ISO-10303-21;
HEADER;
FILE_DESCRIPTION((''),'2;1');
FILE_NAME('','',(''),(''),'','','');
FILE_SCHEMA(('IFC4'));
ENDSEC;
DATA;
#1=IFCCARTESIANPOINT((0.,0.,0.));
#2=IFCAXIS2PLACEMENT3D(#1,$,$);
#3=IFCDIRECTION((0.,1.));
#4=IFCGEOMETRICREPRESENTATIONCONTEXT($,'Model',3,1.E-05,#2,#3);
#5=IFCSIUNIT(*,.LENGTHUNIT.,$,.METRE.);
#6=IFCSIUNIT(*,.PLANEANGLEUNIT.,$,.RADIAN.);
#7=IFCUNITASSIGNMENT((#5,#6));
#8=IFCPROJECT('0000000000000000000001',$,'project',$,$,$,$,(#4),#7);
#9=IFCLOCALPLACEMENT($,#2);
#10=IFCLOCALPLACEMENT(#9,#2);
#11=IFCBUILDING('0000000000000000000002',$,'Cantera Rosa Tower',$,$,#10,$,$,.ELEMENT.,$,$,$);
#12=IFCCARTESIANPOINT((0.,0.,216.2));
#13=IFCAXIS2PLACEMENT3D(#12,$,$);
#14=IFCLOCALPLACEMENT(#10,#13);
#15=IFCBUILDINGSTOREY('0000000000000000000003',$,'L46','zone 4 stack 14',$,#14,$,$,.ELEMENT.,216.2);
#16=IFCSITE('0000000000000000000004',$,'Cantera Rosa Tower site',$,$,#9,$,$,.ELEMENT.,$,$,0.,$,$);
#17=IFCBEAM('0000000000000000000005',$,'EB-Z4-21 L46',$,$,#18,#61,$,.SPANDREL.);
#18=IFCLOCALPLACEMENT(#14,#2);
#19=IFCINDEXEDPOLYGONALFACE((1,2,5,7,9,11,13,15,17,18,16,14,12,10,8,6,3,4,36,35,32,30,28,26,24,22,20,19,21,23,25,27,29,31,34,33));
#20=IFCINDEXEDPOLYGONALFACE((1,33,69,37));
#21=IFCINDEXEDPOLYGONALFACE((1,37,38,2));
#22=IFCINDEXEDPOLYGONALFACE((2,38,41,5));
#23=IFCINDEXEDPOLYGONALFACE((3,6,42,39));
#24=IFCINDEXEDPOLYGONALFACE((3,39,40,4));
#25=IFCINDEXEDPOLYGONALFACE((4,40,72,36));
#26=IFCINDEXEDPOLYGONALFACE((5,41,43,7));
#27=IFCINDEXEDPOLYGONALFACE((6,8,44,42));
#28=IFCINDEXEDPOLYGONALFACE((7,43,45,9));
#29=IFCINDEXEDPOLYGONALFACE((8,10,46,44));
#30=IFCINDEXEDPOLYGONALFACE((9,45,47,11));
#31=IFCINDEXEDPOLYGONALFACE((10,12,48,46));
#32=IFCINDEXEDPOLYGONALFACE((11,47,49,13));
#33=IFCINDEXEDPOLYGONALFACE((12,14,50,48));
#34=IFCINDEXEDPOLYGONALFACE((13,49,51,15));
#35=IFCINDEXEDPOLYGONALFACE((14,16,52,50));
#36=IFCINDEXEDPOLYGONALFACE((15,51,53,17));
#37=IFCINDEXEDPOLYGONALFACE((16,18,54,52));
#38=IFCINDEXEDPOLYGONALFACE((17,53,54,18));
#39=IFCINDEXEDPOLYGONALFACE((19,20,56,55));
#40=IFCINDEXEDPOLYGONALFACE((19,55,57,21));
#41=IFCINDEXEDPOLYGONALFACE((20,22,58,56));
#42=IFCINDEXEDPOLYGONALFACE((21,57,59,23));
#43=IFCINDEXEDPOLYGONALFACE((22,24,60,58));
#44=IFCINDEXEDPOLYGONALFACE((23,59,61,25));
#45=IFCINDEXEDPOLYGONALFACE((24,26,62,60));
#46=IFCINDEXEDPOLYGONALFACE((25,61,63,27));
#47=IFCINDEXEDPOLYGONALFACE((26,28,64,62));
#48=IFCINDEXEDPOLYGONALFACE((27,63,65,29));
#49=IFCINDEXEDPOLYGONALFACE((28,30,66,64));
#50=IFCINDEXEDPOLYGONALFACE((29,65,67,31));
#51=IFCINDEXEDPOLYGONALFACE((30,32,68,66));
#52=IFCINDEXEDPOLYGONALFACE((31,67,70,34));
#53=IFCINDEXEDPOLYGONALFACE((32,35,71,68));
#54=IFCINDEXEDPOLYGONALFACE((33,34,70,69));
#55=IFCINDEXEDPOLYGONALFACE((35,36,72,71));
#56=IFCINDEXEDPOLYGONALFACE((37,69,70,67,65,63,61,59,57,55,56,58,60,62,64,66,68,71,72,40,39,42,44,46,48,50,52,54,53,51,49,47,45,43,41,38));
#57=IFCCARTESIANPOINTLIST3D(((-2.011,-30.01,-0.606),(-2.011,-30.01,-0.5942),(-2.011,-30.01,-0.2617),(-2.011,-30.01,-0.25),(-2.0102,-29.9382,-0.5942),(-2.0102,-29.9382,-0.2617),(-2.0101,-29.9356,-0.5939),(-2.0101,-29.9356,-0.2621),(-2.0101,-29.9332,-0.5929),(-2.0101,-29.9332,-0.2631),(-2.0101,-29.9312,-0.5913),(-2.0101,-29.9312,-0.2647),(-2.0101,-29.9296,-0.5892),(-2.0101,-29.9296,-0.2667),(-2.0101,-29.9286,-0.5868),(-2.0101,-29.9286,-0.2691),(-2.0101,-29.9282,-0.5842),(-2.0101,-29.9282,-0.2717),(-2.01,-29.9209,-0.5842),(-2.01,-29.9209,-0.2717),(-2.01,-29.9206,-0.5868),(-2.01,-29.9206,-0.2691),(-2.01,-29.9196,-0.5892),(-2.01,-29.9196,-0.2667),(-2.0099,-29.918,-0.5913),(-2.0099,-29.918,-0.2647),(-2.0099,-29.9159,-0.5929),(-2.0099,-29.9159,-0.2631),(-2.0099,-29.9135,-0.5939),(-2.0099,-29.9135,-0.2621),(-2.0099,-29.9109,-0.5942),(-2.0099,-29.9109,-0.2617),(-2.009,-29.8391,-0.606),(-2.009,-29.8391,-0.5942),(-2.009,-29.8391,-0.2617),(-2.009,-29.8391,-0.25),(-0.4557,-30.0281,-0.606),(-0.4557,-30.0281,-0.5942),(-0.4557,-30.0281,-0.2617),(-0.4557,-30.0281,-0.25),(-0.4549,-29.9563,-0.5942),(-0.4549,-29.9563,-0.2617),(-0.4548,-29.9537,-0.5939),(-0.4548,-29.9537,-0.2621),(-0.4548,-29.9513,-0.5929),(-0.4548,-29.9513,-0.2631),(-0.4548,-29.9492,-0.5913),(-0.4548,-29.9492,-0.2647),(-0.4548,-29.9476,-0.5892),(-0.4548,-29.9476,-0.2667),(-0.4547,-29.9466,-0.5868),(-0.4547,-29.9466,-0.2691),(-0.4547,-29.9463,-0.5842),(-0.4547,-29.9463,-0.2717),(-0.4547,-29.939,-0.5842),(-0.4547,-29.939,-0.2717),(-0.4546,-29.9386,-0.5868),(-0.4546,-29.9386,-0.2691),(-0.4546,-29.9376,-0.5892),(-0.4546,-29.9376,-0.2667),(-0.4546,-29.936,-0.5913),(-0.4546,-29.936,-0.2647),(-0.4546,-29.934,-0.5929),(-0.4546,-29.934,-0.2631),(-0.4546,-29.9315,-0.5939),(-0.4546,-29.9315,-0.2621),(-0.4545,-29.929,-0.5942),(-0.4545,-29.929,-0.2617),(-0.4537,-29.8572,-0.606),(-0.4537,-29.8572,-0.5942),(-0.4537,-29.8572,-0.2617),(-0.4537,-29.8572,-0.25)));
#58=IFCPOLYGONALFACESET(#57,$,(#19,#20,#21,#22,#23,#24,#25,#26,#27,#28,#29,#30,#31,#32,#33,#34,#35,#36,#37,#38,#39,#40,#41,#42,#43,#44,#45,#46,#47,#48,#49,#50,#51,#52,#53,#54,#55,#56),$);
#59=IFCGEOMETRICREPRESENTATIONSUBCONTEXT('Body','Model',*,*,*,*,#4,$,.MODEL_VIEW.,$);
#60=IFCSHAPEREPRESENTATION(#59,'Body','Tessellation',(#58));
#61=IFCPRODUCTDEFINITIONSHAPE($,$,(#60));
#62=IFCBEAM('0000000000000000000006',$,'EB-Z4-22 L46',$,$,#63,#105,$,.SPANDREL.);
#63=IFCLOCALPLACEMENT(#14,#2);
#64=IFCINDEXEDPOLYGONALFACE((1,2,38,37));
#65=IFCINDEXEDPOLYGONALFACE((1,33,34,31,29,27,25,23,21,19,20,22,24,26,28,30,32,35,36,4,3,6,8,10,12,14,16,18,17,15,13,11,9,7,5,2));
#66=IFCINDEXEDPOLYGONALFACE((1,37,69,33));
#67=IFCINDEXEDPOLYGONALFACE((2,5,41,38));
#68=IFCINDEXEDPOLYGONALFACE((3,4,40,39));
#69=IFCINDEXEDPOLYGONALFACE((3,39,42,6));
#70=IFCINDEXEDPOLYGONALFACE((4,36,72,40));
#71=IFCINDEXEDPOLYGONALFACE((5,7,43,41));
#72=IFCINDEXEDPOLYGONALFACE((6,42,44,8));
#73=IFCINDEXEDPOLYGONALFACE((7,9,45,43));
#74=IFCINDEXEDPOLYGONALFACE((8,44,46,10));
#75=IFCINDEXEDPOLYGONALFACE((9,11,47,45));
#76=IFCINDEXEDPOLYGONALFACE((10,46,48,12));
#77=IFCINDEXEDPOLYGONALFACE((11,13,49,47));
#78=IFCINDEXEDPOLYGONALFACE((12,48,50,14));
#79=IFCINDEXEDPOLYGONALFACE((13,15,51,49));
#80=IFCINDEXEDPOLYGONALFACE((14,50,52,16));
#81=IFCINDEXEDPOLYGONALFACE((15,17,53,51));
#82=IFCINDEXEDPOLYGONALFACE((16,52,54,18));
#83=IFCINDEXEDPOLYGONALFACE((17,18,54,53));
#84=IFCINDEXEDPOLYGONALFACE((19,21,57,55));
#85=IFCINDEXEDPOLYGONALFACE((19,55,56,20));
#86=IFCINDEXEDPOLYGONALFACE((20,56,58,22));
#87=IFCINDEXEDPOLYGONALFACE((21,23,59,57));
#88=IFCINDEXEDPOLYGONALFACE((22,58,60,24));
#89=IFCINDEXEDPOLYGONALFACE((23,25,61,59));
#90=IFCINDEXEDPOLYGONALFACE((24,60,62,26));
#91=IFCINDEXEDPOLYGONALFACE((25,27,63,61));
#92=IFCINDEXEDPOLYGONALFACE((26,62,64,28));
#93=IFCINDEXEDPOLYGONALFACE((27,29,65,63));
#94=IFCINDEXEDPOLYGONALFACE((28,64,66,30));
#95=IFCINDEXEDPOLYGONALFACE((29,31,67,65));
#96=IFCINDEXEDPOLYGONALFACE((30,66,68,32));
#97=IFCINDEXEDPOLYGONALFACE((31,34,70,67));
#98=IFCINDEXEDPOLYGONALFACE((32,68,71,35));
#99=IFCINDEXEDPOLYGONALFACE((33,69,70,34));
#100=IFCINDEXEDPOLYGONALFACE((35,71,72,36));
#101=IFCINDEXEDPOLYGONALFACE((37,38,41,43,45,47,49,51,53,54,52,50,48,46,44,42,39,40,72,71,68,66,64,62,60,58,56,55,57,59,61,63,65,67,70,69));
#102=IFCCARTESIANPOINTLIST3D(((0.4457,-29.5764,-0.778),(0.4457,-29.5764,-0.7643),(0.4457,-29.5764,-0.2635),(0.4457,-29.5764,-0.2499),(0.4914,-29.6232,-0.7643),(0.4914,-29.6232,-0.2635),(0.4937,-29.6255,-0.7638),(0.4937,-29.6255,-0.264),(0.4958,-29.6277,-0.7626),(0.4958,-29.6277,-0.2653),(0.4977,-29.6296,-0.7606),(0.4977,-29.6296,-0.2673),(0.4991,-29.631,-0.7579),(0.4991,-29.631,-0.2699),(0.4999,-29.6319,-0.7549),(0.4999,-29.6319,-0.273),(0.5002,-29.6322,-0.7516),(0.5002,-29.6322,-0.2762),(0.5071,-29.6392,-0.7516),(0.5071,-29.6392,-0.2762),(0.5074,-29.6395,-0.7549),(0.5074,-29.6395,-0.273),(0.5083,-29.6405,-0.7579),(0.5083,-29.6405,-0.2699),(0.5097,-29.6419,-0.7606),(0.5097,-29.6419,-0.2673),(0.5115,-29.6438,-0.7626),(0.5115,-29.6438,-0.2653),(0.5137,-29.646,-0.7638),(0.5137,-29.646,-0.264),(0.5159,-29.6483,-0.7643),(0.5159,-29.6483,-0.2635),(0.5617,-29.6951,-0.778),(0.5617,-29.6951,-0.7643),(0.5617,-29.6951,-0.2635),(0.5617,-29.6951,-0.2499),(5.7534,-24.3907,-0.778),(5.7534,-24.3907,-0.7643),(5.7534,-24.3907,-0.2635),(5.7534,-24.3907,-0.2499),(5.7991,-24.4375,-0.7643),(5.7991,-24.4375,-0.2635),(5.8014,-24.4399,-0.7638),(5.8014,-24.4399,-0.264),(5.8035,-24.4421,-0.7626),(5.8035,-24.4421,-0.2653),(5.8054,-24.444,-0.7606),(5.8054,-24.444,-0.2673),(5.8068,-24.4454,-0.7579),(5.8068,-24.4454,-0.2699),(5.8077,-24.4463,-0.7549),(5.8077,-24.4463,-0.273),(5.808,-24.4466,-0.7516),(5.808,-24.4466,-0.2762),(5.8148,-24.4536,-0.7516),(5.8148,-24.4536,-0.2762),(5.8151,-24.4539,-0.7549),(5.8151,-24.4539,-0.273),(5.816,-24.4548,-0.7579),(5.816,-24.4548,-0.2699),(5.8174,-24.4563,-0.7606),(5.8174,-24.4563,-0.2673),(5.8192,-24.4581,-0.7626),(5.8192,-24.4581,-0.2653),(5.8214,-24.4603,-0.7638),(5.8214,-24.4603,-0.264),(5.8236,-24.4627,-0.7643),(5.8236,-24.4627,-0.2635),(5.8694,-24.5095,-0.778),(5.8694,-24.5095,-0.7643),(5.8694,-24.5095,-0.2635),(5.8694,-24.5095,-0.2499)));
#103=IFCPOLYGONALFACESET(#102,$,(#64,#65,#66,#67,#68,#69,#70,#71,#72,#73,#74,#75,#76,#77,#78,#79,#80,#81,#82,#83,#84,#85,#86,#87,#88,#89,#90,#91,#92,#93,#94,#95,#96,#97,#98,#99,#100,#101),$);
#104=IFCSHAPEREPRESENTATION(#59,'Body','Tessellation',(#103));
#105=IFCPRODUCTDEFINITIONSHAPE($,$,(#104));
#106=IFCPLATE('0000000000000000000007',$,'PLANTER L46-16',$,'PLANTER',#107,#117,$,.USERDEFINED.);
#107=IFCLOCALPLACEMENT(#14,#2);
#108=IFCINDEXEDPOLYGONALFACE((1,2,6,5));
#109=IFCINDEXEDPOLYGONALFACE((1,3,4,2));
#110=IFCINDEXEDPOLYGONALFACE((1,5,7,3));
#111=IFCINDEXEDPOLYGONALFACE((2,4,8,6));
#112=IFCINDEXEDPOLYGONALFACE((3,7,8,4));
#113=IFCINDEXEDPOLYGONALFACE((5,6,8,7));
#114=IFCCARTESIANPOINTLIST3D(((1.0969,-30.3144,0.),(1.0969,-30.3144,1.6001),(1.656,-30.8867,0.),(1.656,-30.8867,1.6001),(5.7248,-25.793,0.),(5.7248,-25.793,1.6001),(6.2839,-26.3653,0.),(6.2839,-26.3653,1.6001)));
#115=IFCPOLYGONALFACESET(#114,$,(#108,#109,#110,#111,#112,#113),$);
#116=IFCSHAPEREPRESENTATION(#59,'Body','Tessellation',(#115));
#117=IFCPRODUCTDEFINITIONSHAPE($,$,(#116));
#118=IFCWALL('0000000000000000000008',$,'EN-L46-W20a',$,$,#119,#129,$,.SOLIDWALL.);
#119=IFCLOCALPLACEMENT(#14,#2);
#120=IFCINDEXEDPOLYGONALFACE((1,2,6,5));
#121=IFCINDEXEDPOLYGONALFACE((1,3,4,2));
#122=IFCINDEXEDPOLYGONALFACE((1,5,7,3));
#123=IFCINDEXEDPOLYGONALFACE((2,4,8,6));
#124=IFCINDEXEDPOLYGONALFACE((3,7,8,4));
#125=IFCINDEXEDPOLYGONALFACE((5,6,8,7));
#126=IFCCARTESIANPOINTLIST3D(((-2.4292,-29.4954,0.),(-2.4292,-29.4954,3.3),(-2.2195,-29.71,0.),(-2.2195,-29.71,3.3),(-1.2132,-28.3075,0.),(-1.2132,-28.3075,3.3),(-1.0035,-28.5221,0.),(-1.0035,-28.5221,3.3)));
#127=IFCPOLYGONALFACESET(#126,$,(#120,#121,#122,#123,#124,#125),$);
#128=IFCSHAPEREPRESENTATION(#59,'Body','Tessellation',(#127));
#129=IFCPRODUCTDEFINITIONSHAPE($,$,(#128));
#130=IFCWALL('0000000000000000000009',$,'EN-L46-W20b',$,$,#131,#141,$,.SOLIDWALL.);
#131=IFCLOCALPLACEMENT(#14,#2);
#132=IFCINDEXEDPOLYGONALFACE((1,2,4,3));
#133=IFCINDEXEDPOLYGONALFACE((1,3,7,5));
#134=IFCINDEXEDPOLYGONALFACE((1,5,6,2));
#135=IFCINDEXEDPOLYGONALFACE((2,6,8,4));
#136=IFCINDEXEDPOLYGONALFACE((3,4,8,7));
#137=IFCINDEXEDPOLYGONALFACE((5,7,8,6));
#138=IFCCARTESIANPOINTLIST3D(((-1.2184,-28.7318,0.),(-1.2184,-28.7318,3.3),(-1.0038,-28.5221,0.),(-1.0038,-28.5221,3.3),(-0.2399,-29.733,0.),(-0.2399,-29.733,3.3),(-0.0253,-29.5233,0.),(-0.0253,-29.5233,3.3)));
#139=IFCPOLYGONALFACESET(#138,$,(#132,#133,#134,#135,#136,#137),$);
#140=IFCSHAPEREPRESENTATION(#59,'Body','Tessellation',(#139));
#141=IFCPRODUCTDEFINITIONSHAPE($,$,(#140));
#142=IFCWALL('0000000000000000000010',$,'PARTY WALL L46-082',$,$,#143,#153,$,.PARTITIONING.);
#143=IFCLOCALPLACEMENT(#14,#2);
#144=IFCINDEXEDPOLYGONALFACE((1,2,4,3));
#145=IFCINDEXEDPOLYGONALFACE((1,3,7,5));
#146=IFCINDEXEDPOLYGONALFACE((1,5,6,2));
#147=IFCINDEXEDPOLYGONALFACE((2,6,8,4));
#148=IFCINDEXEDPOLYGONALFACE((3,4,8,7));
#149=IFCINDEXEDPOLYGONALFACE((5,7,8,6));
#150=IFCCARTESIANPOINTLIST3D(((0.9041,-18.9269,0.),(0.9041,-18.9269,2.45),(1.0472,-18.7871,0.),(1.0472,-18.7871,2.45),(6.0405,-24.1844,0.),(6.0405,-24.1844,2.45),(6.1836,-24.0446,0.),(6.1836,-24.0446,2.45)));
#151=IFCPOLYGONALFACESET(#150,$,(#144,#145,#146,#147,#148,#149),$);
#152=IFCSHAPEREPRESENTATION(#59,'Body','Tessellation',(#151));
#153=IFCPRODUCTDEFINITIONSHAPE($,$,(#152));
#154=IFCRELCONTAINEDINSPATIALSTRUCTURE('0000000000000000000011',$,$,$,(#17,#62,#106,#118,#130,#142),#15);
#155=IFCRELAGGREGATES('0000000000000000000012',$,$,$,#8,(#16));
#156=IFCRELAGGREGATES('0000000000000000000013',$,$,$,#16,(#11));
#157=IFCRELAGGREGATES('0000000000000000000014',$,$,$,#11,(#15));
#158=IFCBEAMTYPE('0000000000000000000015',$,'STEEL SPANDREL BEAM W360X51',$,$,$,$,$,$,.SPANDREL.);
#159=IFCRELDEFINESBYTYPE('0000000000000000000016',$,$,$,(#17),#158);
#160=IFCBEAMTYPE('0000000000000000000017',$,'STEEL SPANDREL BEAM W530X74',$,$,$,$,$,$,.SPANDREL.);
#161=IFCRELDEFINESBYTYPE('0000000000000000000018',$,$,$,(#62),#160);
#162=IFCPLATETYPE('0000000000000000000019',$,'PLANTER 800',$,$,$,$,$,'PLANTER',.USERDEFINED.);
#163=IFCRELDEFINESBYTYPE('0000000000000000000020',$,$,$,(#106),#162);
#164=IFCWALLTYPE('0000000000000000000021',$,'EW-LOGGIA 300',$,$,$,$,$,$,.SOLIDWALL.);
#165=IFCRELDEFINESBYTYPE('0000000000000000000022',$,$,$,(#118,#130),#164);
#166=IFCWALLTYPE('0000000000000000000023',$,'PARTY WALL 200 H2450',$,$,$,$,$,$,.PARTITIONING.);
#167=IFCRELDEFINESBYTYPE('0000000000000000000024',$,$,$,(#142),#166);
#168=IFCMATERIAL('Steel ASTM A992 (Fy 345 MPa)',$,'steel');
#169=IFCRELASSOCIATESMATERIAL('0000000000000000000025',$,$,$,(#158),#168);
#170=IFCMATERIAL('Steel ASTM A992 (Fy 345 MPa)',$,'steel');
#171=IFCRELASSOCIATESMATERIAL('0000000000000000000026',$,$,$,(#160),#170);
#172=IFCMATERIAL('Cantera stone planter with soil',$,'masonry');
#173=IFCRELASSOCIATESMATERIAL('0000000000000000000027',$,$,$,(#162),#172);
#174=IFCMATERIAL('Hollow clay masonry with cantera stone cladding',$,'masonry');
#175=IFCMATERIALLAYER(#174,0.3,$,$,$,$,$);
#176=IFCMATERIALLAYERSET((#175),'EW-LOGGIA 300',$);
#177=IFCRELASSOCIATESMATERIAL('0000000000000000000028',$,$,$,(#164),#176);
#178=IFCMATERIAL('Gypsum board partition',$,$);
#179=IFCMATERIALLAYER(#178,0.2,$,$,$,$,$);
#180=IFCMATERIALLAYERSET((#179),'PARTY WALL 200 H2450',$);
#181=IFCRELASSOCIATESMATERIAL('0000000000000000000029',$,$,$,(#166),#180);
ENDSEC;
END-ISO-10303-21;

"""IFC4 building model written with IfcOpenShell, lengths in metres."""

from ifc_helpers import new_model, si_unit, direction, frame, frame_2d, origin, origin_2d, place, context, subcontext, project, spatial, rectangle, i_section, extrude, material, layer, layer_set, material_profile, profile_set, type_object, element, save


model = new_model("IFC4")

# Units and contexts
model_context = context("Model", 3, precision=1e-05, world=origin(), true_north=direction((0.0, 1.0)))
body_context = subcontext(model_context, "Body", "Model", "MODEL_VIEW")
ifc_project = project(units=[si_unit("LENGTHUNIT", "METRE"), si_unit("PLANEANGLEUNIT", "RADIAN")], contexts=[model_context])

# Site, building, storey
site_placement = place(None, origin())
site = spatial("IfcSite", under=ifc_project, at=site_placement, Name="Cantera Rosa Tower site", CompositionType="ELEMENT", RefElevation=0.0)
building_placement = place(site_placement, origin())
building = spatial("IfcBuilding", under=site, at=building_placement, Name="Cantera Rosa Tower", CompositionType="ELEMENT")
storey_placement = place(building_placement, frame((0.0, 0.0, 216.2)))
storey = spatial("IfcBuildingStorey", under=building, at=storey_placement, Name="L46", Description="zone 4 stack 14", CompositionType="ELEMENT", Elevation=216.2)

# Beams
ifc_material_1 = material(Name="Steel ASTM A992 (Fy 345 MPa)", Category="steel")
ifc_material_profile_1 = material_profile(ifc_material_1, i_section(OverallWidth=0.1709, OverallDepth=0.356, WebThickness=0.0073, FlangeThickness=0.0117, FilletRadius=0.01, at=origin_2d()), Name="W360X51")
ifc_profile_set_1 = profile_set([ifc_material_profile_1], Name="Steel ASTM A992 (Fy 345 MPa)")
beam_type_1 = type_object("IfcBeamType", Name="STEEL SPANDREL BEAM W360X51", PredefinedType="SPANDREL", material=ifc_profile_set_1)
beam_1_placement = place(storey_placement, frame((-2.01, -29.9246, -0.428), z_axis=(0.999933, -0.011614, 0.0), x_axis=(0.011614, 0.999933, 0.0)))
element("IfcBeam", 1, at=beam_1_placement, inside=storey, type_object=beam_type_1, Name="EB-Z4-21 L46", PredefinedType="SPANDREL", context=body_context, shape_type="SweptSolid", body=[
    extrude(i_section(OverallWidth=0.1709, OverallDepth=0.356, WebThickness=0.0073, FlangeThickness=0.0117, FilletRadius=0.01, at=origin_2d()), origin(), (0.0, 0.0, 1.0), 1.5554),
])
ifc_material_2 = material(Name="Steel ASTM A992 (Fy 345 MPa)", Category="steel")
ifc_material_profile_2 = material_profile(ifc_material_2, i_section(OverallWidth=0.166, OverallDepth=0.5281, WebThickness=0.0098, FlangeThickness=0.0137, FilletRadius=0.0127, at=origin_2d()), Name="W530X74")
ifc_profile_set_2 = profile_set([ifc_material_profile_2], Name="Steel ASTM A992 (Fy 345 MPa)")
beam_type_2 = type_object("IfcBeamType", Name="STEEL SPANDREL BEAM W530X74", PredefinedType="SPANDREL", material=ifc_profile_set_2)
beam_2_placement = place(storey_placement, frame((0.5037, -29.6357, -0.5139), z_axis=(0.715284, 0.698833, 0.0), x_axis=(-0.698833, 0.715284, 0.0)))
element("IfcBeam", 2, at=beam_2_placement, inside=storey, type_object=beam_type_2, Name="EB-Z4-22 L46", PredefinedType="SPANDREL", context=body_context, shape_type="SweptSolid", body=[
    extrude(i_section(OverallWidth=0.166, OverallDepth=0.5281, WebThickness=0.0098, FlangeThickness=0.0137, FilletRadius=0.0127, at=origin_2d()), origin(), (0.0, 0.0, 1.0), 7.4204),
])

# Plate
ifc_material_3 = material(Name="Cantera stone planter with soil", Category="masonry")
plate_type = type_object("IfcPlateType", Name="PLANTER 800", ElementType="PLANTER", PredefinedType="USERDEFINED", material=ifc_material_3)
plate_placement = place(storey_placement, frame((3.6904, -28.3398, 0.0), z_axis=(0.0, 0.0, 1.0), x_axis=(0.715286, 0.698832, 0.0)))
element("IfcPlate", 3, at=plate_placement, inside=storey, type_object=plate_type, Name="PLANTER L46-16", ObjectType="PLANTER", PredefinedType="USERDEFINED", context=body_context, shape_type="SweptSolid", body=[
    extrude(rectangle(XDim=6.47, YDim=0.8, at=origin_2d()), origin(), (0.0, 0.0, 1.0), 1.6001),
])

# Walls
ifc_material_4 = material(Name="Hollow clay masonry with cantera stone cladding", Category="masonry")
ifc_layer_1 = layer(ifc_material_4, 0.3)
ifc_layer_set_1 = layer_set([ifc_layer_1], Name="EW-LOGGIA 300")
wall_type_1 = type_object("IfcWallType", Name="EW-LOGGIA 300", PredefinedType="SOLIDWALL", material=ifc_layer_set_1)
wall_1_placement = place(storey_placement, frame((-2.3245, -29.6028, 0.0), z_axis=(0.0, 0.0, 1.0), x_axis=(0.715316, 0.698801, 0.0)))
element("IfcWall", 4, at=wall_1_placement, inside=storey, type_object=wall_type_1, Name="EN-L46-W20a", PredefinedType="SOLIDWALL", context=body_context, shape_type="SweptSolid", body=[
    extrude(rectangle(XDim=1.7, YDim=0.3, at=frame_2d((0.8501, 0.0))), origin(), (0.0, 0.0, 1.0), 3.3),
])
wall_2_placement = place(storey_placement, frame((-1.1111, -28.627, 0.0), z_axis=(0.0, 0.0, 1.0), x_axis=(0.698951, -0.715169, 0.0)))
element("IfcWall", 5, at=wall_2_placement, inside=storey, type_object=wall_type_1, Name="EN-L46-W20b", PredefinedType="SOLIDWALL", context=body_context, shape_type="SweptSolid", body=[
    extrude(rectangle(XDim=1.3999, YDim=0.3, at=frame_2d((0.7, 0.0))), origin(), (0.0, 0.0, 1.0), 3.3),
])

# Wall
ifc_material_5 = material(Name="Gypsum board partition")
ifc_layer_2 = layer(ifc_material_5, 0.2)
ifc_layer_set_2 = layer_set([ifc_layer_2], Name="PARTY WALL 200 H2450")
wall_type_2 = type_object("IfcWallType", Name="PARTY WALL 200 H2450", PredefinedType="PARTITIONING", material=ifc_layer_set_2)
wall_3_placement = place(storey_placement, frame((6.1121, -24.1145, 0.0), z_axis=(0.0, 0.0, 1.0), x_axis=(-0.698821, 0.715296, 0.0)))
element("IfcWall", 6, at=wall_3_placement, inside=storey, type_object=wall_type_2, Name="PARTY WALL L46-082", PredefinedType="PARTITIONING", context=body_context, shape_type="SweptSolid", body=[
    extrude(rectangle(XDim=7.3501, YDim=0.2, at=frame_2d((3.675, 0.0))), origin(), (0.0, 0.0, 1.0), 2.45),
])

save(model, "model.ifc")
